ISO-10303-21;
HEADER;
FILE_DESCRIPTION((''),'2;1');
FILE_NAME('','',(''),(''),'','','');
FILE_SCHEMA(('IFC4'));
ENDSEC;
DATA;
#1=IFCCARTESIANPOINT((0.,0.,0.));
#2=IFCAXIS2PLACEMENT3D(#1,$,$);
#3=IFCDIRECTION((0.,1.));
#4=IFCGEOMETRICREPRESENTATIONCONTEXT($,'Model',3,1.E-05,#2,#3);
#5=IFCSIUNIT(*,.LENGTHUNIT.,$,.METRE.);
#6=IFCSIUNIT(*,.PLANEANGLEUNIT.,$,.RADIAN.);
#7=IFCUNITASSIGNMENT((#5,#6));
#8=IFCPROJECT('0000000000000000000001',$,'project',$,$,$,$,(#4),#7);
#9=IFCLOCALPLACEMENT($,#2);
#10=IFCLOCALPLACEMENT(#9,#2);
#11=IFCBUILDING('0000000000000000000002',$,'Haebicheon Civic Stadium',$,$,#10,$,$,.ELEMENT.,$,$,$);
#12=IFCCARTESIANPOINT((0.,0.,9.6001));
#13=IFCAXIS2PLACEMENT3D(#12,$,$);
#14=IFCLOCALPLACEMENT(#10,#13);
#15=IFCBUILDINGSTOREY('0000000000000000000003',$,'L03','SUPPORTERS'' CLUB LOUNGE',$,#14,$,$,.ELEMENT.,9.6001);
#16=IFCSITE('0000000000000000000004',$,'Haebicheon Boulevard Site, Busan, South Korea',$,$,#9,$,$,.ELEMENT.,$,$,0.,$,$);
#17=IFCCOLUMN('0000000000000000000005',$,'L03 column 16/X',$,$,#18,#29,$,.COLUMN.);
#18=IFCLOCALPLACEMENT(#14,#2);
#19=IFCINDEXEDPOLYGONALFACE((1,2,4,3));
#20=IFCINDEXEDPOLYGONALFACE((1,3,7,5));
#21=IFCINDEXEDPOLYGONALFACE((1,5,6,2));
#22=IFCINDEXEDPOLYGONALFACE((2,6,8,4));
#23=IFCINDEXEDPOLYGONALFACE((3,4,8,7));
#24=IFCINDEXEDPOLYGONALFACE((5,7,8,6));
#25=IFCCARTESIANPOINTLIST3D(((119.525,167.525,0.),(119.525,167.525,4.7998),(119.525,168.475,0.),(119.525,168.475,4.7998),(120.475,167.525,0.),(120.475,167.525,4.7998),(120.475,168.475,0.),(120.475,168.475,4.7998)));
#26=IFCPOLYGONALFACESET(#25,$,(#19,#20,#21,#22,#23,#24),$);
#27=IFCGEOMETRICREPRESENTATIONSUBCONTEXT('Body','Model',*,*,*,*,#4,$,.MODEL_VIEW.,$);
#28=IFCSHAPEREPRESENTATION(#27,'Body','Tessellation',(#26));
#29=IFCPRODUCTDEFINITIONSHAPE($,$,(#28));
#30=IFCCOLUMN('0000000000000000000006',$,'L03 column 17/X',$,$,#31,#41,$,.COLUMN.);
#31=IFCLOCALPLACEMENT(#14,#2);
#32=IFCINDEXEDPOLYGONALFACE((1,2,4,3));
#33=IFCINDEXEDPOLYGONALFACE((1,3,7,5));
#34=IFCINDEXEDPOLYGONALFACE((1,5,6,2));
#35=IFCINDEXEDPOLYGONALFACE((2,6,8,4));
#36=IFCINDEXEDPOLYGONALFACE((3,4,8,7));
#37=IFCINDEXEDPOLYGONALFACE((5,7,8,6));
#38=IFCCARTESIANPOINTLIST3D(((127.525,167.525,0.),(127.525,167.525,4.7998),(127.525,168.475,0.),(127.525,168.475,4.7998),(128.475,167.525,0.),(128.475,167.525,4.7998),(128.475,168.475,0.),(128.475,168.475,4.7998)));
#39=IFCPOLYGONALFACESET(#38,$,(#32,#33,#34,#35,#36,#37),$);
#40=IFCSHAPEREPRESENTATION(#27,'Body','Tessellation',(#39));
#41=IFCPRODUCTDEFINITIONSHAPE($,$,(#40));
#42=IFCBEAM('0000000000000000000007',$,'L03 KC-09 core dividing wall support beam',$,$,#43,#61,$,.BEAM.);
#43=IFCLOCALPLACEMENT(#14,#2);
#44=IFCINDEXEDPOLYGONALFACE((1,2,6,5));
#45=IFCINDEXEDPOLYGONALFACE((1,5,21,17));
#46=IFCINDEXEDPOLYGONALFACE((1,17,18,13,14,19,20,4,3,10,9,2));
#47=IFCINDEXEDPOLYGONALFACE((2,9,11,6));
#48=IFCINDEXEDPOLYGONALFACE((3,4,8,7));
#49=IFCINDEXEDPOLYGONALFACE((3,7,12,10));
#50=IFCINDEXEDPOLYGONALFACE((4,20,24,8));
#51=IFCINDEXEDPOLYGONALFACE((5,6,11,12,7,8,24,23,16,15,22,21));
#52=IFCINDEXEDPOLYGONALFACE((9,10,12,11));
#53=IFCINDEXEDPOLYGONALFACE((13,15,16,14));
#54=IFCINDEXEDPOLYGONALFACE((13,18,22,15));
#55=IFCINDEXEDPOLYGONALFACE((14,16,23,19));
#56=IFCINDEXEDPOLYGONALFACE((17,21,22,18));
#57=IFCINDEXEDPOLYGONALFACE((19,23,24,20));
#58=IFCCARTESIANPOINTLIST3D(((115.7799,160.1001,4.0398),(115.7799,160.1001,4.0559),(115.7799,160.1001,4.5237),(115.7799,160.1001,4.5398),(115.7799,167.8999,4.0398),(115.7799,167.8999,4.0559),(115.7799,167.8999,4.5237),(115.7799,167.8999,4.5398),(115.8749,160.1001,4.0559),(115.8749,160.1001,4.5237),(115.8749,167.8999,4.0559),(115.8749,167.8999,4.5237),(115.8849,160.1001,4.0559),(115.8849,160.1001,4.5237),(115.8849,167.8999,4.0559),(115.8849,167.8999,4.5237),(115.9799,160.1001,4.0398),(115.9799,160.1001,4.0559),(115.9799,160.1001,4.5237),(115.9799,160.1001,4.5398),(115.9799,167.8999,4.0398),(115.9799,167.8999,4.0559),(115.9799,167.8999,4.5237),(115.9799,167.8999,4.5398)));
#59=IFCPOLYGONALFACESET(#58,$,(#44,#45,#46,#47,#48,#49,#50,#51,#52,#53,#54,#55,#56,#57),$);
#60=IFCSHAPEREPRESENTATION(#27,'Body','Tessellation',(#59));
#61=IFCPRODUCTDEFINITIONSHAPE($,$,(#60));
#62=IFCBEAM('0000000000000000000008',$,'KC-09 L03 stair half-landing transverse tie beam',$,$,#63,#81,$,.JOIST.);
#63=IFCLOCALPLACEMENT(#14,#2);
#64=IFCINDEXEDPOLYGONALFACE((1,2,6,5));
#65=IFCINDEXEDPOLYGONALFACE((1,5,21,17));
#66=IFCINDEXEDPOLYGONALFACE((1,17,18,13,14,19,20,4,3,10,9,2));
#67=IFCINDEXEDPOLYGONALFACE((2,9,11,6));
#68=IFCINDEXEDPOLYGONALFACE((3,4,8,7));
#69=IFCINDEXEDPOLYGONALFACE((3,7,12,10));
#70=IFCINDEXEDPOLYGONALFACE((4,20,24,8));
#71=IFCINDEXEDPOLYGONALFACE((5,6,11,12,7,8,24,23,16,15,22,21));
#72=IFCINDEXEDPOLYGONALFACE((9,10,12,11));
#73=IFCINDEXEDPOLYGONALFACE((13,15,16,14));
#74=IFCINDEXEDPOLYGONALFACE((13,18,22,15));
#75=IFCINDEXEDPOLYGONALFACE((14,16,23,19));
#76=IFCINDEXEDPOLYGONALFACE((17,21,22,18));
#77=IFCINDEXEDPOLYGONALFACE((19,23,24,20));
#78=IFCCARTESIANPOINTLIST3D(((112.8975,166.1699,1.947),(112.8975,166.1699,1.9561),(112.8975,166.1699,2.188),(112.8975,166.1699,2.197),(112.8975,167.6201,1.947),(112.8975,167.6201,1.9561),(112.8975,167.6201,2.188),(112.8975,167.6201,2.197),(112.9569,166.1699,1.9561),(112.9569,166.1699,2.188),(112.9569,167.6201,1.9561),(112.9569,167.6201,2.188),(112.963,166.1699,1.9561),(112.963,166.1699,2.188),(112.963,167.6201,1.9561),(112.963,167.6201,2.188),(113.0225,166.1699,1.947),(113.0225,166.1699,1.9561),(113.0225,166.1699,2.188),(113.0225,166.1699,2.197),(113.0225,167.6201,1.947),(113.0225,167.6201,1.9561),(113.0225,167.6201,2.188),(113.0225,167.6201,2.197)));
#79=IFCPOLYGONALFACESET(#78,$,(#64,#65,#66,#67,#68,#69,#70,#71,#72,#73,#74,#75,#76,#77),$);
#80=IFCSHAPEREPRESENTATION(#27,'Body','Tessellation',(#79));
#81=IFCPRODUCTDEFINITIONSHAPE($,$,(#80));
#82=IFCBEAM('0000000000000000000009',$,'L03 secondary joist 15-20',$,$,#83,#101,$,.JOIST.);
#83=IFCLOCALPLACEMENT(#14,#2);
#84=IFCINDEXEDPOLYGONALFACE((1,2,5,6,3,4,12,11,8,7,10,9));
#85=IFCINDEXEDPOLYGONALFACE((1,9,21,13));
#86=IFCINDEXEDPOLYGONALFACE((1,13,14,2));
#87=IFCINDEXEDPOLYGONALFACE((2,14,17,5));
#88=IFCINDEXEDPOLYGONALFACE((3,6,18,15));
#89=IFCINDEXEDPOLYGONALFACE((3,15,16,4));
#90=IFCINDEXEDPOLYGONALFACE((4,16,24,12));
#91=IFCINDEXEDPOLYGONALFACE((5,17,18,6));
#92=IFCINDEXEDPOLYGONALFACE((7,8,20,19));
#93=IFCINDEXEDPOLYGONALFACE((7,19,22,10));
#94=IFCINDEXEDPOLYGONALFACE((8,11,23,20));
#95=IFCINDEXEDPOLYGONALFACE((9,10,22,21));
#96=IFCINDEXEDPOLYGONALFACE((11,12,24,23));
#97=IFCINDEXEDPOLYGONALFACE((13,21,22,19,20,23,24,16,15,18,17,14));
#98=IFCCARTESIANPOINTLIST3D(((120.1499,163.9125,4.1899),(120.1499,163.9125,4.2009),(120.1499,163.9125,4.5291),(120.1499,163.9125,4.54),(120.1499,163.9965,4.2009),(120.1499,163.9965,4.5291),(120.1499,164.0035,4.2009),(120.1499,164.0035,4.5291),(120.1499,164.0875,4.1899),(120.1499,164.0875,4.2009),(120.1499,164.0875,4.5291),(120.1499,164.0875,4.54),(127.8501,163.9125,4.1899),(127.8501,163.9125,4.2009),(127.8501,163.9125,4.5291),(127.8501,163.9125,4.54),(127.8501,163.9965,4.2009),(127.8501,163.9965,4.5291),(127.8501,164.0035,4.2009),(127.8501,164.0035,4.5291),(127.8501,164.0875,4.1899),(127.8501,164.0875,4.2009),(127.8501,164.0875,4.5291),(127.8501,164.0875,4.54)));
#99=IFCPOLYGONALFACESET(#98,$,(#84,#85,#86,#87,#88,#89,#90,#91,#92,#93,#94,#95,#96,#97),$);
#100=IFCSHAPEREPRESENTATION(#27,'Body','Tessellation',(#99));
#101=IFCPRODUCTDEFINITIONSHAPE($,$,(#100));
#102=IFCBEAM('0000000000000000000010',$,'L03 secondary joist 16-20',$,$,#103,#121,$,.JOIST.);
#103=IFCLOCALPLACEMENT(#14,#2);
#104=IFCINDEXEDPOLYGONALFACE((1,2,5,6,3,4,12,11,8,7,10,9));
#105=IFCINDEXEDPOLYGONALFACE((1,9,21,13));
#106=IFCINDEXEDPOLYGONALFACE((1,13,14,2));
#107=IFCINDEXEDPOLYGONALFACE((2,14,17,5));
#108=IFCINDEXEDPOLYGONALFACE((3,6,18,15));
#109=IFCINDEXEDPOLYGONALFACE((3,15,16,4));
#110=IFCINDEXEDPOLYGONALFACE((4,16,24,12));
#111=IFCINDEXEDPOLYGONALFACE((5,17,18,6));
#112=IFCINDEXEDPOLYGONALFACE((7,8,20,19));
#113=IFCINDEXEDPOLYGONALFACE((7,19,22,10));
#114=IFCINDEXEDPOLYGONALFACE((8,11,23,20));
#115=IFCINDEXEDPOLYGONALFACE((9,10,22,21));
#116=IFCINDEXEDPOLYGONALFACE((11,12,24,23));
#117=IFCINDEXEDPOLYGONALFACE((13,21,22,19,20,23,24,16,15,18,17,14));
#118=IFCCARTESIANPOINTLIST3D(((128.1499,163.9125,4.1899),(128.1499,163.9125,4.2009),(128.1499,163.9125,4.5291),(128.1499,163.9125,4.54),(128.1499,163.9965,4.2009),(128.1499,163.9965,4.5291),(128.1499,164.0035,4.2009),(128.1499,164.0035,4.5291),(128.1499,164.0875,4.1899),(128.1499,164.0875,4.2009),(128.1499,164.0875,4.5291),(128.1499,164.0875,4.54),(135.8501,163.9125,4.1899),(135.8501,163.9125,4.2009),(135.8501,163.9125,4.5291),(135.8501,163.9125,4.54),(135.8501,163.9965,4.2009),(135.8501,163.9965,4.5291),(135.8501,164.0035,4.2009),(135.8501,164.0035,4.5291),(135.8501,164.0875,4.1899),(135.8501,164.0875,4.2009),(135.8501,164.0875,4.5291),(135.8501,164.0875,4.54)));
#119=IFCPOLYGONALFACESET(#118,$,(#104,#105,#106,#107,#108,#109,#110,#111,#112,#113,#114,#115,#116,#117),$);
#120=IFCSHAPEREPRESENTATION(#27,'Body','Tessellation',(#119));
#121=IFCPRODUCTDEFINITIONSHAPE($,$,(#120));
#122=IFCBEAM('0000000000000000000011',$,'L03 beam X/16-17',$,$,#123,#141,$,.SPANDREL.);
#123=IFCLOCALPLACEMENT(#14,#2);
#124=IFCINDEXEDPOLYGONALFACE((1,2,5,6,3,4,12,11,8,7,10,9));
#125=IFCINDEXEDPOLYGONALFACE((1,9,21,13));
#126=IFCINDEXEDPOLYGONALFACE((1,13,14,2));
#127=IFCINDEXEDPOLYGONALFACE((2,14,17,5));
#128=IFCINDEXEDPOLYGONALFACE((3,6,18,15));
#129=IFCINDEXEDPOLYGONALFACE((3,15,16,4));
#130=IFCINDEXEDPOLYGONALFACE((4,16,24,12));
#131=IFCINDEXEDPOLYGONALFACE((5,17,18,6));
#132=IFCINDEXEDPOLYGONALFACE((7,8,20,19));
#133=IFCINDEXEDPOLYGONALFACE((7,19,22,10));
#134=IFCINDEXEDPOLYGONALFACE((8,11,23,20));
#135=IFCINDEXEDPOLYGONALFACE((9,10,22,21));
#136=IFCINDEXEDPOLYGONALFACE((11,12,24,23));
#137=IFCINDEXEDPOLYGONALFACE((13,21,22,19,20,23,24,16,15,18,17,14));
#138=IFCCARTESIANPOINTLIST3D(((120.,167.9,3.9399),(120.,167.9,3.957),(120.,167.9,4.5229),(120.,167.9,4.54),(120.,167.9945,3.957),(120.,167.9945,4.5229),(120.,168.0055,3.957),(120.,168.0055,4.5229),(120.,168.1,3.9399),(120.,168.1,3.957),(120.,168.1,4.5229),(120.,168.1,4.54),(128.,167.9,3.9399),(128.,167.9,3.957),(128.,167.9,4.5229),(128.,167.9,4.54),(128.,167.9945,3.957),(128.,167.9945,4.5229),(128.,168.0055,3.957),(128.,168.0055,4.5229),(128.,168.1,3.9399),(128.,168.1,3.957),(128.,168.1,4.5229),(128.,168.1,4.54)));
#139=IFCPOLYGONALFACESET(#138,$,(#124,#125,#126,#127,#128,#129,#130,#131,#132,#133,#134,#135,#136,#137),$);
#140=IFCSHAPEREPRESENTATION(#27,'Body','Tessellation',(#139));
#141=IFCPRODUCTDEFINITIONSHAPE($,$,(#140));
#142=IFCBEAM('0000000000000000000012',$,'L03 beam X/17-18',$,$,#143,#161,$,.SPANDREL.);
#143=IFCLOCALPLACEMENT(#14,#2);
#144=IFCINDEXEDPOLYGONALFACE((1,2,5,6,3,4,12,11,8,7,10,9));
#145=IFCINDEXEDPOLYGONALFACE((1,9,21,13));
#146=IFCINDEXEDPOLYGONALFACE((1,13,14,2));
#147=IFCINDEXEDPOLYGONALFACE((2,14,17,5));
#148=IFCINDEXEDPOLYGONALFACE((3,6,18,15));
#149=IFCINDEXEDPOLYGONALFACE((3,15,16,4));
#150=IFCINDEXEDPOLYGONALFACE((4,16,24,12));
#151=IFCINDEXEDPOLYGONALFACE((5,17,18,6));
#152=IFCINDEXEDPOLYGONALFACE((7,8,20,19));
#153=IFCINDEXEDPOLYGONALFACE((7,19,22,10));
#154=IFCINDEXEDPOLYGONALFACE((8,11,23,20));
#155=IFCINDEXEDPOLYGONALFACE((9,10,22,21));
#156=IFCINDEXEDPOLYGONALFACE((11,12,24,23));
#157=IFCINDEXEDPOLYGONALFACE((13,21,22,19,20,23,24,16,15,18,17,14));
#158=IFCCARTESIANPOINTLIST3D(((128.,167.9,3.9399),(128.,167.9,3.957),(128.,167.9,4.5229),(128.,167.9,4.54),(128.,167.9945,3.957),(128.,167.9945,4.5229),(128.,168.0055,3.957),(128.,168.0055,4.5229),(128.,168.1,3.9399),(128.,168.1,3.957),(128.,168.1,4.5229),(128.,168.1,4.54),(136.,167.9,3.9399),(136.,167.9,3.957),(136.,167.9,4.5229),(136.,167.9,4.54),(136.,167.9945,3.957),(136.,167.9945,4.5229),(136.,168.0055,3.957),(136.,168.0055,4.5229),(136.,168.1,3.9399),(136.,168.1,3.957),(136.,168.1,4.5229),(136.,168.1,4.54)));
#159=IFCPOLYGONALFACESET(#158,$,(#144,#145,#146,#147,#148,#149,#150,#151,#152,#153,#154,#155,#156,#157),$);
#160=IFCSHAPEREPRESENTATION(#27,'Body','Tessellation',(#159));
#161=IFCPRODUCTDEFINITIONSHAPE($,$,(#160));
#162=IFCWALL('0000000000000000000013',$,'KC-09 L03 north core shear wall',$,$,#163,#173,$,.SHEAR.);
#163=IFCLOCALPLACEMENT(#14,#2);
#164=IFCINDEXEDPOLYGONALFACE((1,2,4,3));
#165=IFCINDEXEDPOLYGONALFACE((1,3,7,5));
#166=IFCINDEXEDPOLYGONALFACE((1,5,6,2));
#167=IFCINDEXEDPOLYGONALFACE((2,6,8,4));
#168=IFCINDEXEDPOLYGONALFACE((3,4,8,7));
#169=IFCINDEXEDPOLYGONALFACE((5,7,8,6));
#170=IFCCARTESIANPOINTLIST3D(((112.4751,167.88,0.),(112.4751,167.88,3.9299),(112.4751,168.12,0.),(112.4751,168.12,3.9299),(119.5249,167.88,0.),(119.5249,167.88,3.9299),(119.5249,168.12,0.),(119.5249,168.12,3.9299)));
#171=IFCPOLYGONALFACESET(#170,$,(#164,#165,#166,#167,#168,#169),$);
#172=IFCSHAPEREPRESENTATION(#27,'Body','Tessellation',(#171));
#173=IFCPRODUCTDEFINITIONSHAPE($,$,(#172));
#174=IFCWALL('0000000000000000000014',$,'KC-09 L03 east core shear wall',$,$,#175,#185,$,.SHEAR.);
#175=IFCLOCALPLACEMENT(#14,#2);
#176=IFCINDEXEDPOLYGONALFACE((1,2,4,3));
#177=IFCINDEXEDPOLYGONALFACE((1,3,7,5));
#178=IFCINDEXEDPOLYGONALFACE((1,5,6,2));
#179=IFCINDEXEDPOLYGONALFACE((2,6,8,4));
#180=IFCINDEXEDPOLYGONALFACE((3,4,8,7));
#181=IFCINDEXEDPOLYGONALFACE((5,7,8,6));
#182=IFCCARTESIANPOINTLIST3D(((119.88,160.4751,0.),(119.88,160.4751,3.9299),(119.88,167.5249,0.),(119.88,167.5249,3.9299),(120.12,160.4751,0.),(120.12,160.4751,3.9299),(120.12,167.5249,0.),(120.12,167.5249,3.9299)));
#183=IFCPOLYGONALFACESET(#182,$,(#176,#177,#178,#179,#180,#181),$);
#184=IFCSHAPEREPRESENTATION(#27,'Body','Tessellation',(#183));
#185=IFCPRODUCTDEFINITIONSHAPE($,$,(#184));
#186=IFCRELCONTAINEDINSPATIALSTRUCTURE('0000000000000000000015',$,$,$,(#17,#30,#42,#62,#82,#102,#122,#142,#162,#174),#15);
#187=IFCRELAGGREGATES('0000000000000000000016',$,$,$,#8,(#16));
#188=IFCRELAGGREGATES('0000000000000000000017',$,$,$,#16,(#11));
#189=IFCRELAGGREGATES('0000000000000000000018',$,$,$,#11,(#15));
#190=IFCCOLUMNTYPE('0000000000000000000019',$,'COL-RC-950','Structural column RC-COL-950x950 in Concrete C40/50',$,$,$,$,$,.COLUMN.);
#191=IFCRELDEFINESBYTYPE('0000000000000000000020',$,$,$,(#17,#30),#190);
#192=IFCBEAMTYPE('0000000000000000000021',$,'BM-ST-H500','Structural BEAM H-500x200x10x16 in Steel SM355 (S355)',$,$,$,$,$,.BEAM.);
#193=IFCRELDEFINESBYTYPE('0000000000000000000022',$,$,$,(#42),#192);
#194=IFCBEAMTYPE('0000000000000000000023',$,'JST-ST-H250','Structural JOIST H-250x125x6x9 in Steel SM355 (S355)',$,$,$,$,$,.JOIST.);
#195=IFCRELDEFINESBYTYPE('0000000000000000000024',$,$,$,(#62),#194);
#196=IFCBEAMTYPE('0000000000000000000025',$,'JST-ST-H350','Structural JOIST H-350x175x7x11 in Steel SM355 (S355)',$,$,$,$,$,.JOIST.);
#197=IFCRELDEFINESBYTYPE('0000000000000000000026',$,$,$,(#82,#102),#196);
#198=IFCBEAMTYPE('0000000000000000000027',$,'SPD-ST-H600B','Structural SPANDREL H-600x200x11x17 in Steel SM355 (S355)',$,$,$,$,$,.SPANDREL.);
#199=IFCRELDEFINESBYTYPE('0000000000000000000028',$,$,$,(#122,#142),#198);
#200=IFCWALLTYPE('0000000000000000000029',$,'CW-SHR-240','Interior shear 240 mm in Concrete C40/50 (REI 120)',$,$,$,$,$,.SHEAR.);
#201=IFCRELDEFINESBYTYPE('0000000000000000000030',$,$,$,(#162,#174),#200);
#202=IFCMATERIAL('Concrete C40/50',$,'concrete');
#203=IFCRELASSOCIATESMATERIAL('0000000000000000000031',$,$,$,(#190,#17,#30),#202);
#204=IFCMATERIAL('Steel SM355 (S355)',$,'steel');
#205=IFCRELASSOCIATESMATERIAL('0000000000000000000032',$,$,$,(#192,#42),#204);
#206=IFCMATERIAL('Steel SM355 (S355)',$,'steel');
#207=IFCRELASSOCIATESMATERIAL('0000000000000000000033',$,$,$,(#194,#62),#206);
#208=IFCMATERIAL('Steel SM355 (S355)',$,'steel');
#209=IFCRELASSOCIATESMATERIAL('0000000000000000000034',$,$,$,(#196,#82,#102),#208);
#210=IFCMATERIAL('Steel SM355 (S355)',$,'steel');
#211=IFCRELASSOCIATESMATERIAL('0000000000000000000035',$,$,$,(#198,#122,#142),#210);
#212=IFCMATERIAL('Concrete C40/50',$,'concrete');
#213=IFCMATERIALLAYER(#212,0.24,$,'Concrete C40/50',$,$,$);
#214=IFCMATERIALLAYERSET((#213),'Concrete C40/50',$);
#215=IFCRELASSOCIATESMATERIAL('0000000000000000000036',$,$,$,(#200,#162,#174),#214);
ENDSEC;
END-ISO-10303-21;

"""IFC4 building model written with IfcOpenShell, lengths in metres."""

from ifc_helpers import new_model, si_unit, direction, frame, frame_2d, origin, origin_2d, place, context, subcontext, project, spatial, rectangle, i_section, extrude, material, layer, layer_set, material_profile, profile_set, type_object, element, save


model = new_model("IFC4")

# Units and contexts
model_context = context("Model", 3, precision=1e-05, world=origin(), true_north=direction((0.0, 1.0)))
body_context = subcontext(model_context, "Body", "Model", "MODEL_VIEW")
ifc_project = project(units=[si_unit("LENGTHUNIT", "METRE"), si_unit("PLANEANGLEUNIT", "RADIAN")], contexts=[model_context])

# Site, building, storey
site_placement = place(None, origin())
site = spatial("IfcSite", under=ifc_project, at=site_placement, Name="Haebicheon Boulevard Site, Busan, South Korea", CompositionType="ELEMENT", RefElevation=0.0)
building_placement = place(site_placement, origin())
building = spatial("IfcBuilding", under=site, at=building_placement, Name="Haebicheon Civic Stadium", CompositionType="ELEMENT")
storey_placement = place(building_placement, frame((0.0, 0.0, 9.6001)))
storey = spatial("IfcBuildingStorey", under=building, at=storey_placement, Name="L03", Description="SUPPORTERS' CLUB LOUNGE", CompositionType="ELEMENT", Elevation=9.6001)

# Columns
ifc_material_1 = material(Name="Concrete C40/50", Category="concrete")
ifc_material_profile_1 = material_profile(ifc_material_1, rectangle(XDim=0.95, YDim=0.95, at=origin_2d()), Name="RC-COL-950x950")
ifc_profile_set_1 = profile_set([ifc_material_profile_1], Name="Concrete C40/50")
column_type = type_object("IfcColumnType", Name="COL-RC-950", Description="Structural column RC-COL-950x950 in Concrete C40/50", PredefinedType="COLUMN", material=ifc_profile_set_1)
for number, where, z_axis, x_axis, name in (
    (1, (120.0, 168.0, 0.0), (0.0, 0.0, 1.0), (1.0, 0.0, 0.0), "L03 column 16/X"),
    (2, (128.0, 168.0, 0.0), (0.0, 0.0, 1.0), (1.0, 0.0, 0.0), "L03 column 17/X"),
):
    element("IfcColumn", number, at=place(storey_placement, frame(where, z_axis=z_axis, x_axis=x_axis)), inside=storey, type_object=column_type, material=ifc_profile_set_1, Name=name, PredefinedType="COLUMN", context=body_context, shape_type="SweptSolid", body=[
        extrude(rectangle(XDim=0.95, YDim=0.95, at=origin_2d()), origin(), (0.0, 0.0, 1.0), 4.7998),
    ])

# Beams
ifc_material_2 = material(Name="Steel SM355 (S355)", Category="steel")
ifc_material_profile_2 = material_profile(ifc_material_2, i_section(OverallWidth=0.2, OverallDepth=0.5, WebThickness=0.01, FlangeThickness=0.0161, at=origin_2d()), Name="H-500x200x10x16")
ifc_profile_set_2 = profile_set([ifc_material_profile_2], Name="Steel SM355 (S355)")
beam_type_1 = type_object("IfcBeamType", Name="BM-ST-H500", Description="Structural BEAM H-500x200x10x16 in Steel SM355 (S355)", PredefinedType="BEAM", material=ifc_profile_set_2)
beam_1_placement = place(storey_placement, frame((115.8799, 160.1001, 4.2898), z_axis=(0.0, 1.0, 0.0), x_axis=(-1.0, 0.0, 0.0)))
element("IfcBeam", 3, at=beam_1_placement, inside=storey, type_object=beam_type_1, material=ifc_profile_set_2, Name="L03 KC-09 core dividing wall support beam", PredefinedType="BEAM", context=body_context, shape_type="SweptSolid", body=[
    extrude(i_section(OverallWidth=0.2, OverallDepth=0.5, WebThickness=0.01, FlangeThickness=0.0161, at=origin_2d()), origin(), (0.0, 0.0, 1.0), 7.7998),
])
ifc_material_3 = material(Name="Steel SM355 (S355)", Category="steel")
ifc_material_profile_3 = material_profile(ifc_material_3, i_section(OverallWidth=0.125, OverallDepth=0.25, WebThickness=0.0061, FlangeThickness=0.009, at=origin_2d()), Name="H-250x125x6x9")
ifc_profile_set_3 = profile_set([ifc_material_profile_3], Name="Steel SM355 (S355)")
beam_type_2 = type_object("IfcBeamType", Name="JST-ST-H250", Description="Structural JOIST H-250x125x6x9 in Steel SM355 (S355)", PredefinedType="JOIST", material=ifc_profile_set_3)
beam_2_placement = place(storey_placement, frame((112.96, 166.1699, 2.072), z_axis=(0.0, 1.0, 0.0), x_axis=(-1.0, 0.0, 0.0)))
element("IfcBeam", 4, at=beam_2_placement, inside=storey, type_object=beam_type_2, material=ifc_profile_set_3, Name="KC-09 L03 stair half-landing transverse tie beam", PredefinedType="JOIST", context=body_context, shape_type="SweptSolid", body=[
    extrude(i_section(OverallWidth=0.125, OverallDepth=0.25, WebThickness=0.0061, FlangeThickness=0.009, at=origin_2d()), origin(), (0.0, 0.0, 1.0), 1.4502),
])
ifc_material_4 = material(Name="Steel SM355 (S355)", Category="steel")
ifc_material_profile_4 = material_profile(ifc_material_4, i_section(OverallWidth=0.175, OverallDepth=0.3501, WebThickness=0.0071, FlangeThickness=0.011, at=origin_2d()), Name="H-350x175x7x11")
ifc_profile_set_4 = profile_set([ifc_material_profile_4], Name="Steel SM355 (S355)")
beam_type_3 = type_object("IfcBeamType", Name="JST-ST-H350", Description="Structural JOIST H-350x175x7x11 in Steel SM355 (S355)", PredefinedType="JOIST", material=ifc_profile_set_4)
for number, where, z_axis, x_axis, name in (
    (5, (120.1499, 164.0, 4.365), (1.0, 0.0, 0.0), (0.0, 1.0, 0.0), "L03 secondary joist 15-20"),
    (6, (128.1499, 164.0, 4.365), (1.0, 0.0, 0.0), (0.0, 1.0, 0.0), "L03 secondary joist 16-20"),
):
    element("IfcBeam", number, at=place(storey_placement, frame(where, z_axis=z_axis, x_axis=x_axis)), inside=storey, type_object=beam_type_3, material=ifc_profile_set_4, Name=name, PredefinedType="JOIST", context=body_context, shape_type="SweptSolid", body=[
        extrude(i_section(OverallWidth=0.175, OverallDepth=0.3501, WebThickness=0.0071, FlangeThickness=0.011, at=origin_2d()), origin(), (0.0, 0.0, 1.0), 7.7002),
    ])
ifc_material_5 = material(Name="Steel SM355 (S355)", Category="steel")
ifc_material_profile_5 = material_profile(ifc_material_5, i_section(OverallWidth=0.2, OverallDepth=0.6001, WebThickness=0.011, FlangeThickness=0.0171, at=origin_2d()), Name="H-600x200x11x17")
ifc_profile_set_5 = profile_set([ifc_material_profile_5], Name="Steel SM355 (S355)")
beam_type_4 = type_object("IfcBeamType", Name="SPD-ST-H600B", Description="Structural SPANDREL H-600x200x11x17 in Steel SM355 (S355)", PredefinedType="SPANDREL", material=ifc_profile_set_5)
for number, where, z_axis, x_axis, name in (
    (7, (120.0, 168.0, 4.24), (1.0, 0.0, 0.0), (0.0, 1.0, 0.0), "L03 beam X/16-17"),
    (8, (128.0, 168.0, 4.24), (1.0, 0.0, 0.0), (0.0, 1.0, 0.0), "L03 beam X/17-18"),
):
    element("IfcBeam", number, at=place(storey_placement, frame(where, z_axis=z_axis, x_axis=x_axis)), inside=storey, type_object=beam_type_4, material=ifc_profile_set_5, Name=name, PredefinedType="SPANDREL", context=body_context, shape_type="SweptSolid", body=[
        extrude(i_section(OverallWidth=0.2, OverallDepth=0.6001, WebThickness=0.011, FlangeThickness=0.0171, at=origin_2d()), origin(), (0.0, 0.0, 1.0), 8.0),
    ])

# Walls
ifc_material_6 = material(Name="Concrete C40/50", Category="concrete")
ifc_layer_1 = layer(ifc_material_6, 0.24, Name="Concrete C40/50")
ifc_layer_set_1 = layer_set([ifc_layer_1], Name="Concrete C40/50")
wall_type_1 = type_object("IfcWallType", Name="CW-SHR-240", Description="Interior shear 240 mm in Concrete C40/50 (REI 120)", PredefinedType="SHEAR", material=ifc_layer_set_1)
for number, where, z_axis, x_axis, name in (
    (9, (112.4751, 168.0, 0.0), (0.0, 0.0, 1.0), (1.0, 0.0, 0.0), "KC-09 L03 north core shear wall"),
    (10, (120.0, 160.4751, 0.0), (0.0, 0.0, 1.0), (0.0, 1.0, 0.0), "KC-09 L03 east core shear wall"),
):
    element("IfcWall", number, at=place(storey_placement, frame(where, z_axis=z_axis, x_axis=x_axis)), inside=storey, type_object=wall_type_1, material=ifc_layer_set_1, Name=name, PredefinedType="SHEAR", context=body_context, shape_type="SweptSolid", body=[
        extrude(rectangle(XDim=7.0498, YDim=0.24, at=frame_2d((3.5249, 0.0))), origin(), (0.0, 0.0, 1.0), 3.9299),
    ])

save(model, "model.ifc")
